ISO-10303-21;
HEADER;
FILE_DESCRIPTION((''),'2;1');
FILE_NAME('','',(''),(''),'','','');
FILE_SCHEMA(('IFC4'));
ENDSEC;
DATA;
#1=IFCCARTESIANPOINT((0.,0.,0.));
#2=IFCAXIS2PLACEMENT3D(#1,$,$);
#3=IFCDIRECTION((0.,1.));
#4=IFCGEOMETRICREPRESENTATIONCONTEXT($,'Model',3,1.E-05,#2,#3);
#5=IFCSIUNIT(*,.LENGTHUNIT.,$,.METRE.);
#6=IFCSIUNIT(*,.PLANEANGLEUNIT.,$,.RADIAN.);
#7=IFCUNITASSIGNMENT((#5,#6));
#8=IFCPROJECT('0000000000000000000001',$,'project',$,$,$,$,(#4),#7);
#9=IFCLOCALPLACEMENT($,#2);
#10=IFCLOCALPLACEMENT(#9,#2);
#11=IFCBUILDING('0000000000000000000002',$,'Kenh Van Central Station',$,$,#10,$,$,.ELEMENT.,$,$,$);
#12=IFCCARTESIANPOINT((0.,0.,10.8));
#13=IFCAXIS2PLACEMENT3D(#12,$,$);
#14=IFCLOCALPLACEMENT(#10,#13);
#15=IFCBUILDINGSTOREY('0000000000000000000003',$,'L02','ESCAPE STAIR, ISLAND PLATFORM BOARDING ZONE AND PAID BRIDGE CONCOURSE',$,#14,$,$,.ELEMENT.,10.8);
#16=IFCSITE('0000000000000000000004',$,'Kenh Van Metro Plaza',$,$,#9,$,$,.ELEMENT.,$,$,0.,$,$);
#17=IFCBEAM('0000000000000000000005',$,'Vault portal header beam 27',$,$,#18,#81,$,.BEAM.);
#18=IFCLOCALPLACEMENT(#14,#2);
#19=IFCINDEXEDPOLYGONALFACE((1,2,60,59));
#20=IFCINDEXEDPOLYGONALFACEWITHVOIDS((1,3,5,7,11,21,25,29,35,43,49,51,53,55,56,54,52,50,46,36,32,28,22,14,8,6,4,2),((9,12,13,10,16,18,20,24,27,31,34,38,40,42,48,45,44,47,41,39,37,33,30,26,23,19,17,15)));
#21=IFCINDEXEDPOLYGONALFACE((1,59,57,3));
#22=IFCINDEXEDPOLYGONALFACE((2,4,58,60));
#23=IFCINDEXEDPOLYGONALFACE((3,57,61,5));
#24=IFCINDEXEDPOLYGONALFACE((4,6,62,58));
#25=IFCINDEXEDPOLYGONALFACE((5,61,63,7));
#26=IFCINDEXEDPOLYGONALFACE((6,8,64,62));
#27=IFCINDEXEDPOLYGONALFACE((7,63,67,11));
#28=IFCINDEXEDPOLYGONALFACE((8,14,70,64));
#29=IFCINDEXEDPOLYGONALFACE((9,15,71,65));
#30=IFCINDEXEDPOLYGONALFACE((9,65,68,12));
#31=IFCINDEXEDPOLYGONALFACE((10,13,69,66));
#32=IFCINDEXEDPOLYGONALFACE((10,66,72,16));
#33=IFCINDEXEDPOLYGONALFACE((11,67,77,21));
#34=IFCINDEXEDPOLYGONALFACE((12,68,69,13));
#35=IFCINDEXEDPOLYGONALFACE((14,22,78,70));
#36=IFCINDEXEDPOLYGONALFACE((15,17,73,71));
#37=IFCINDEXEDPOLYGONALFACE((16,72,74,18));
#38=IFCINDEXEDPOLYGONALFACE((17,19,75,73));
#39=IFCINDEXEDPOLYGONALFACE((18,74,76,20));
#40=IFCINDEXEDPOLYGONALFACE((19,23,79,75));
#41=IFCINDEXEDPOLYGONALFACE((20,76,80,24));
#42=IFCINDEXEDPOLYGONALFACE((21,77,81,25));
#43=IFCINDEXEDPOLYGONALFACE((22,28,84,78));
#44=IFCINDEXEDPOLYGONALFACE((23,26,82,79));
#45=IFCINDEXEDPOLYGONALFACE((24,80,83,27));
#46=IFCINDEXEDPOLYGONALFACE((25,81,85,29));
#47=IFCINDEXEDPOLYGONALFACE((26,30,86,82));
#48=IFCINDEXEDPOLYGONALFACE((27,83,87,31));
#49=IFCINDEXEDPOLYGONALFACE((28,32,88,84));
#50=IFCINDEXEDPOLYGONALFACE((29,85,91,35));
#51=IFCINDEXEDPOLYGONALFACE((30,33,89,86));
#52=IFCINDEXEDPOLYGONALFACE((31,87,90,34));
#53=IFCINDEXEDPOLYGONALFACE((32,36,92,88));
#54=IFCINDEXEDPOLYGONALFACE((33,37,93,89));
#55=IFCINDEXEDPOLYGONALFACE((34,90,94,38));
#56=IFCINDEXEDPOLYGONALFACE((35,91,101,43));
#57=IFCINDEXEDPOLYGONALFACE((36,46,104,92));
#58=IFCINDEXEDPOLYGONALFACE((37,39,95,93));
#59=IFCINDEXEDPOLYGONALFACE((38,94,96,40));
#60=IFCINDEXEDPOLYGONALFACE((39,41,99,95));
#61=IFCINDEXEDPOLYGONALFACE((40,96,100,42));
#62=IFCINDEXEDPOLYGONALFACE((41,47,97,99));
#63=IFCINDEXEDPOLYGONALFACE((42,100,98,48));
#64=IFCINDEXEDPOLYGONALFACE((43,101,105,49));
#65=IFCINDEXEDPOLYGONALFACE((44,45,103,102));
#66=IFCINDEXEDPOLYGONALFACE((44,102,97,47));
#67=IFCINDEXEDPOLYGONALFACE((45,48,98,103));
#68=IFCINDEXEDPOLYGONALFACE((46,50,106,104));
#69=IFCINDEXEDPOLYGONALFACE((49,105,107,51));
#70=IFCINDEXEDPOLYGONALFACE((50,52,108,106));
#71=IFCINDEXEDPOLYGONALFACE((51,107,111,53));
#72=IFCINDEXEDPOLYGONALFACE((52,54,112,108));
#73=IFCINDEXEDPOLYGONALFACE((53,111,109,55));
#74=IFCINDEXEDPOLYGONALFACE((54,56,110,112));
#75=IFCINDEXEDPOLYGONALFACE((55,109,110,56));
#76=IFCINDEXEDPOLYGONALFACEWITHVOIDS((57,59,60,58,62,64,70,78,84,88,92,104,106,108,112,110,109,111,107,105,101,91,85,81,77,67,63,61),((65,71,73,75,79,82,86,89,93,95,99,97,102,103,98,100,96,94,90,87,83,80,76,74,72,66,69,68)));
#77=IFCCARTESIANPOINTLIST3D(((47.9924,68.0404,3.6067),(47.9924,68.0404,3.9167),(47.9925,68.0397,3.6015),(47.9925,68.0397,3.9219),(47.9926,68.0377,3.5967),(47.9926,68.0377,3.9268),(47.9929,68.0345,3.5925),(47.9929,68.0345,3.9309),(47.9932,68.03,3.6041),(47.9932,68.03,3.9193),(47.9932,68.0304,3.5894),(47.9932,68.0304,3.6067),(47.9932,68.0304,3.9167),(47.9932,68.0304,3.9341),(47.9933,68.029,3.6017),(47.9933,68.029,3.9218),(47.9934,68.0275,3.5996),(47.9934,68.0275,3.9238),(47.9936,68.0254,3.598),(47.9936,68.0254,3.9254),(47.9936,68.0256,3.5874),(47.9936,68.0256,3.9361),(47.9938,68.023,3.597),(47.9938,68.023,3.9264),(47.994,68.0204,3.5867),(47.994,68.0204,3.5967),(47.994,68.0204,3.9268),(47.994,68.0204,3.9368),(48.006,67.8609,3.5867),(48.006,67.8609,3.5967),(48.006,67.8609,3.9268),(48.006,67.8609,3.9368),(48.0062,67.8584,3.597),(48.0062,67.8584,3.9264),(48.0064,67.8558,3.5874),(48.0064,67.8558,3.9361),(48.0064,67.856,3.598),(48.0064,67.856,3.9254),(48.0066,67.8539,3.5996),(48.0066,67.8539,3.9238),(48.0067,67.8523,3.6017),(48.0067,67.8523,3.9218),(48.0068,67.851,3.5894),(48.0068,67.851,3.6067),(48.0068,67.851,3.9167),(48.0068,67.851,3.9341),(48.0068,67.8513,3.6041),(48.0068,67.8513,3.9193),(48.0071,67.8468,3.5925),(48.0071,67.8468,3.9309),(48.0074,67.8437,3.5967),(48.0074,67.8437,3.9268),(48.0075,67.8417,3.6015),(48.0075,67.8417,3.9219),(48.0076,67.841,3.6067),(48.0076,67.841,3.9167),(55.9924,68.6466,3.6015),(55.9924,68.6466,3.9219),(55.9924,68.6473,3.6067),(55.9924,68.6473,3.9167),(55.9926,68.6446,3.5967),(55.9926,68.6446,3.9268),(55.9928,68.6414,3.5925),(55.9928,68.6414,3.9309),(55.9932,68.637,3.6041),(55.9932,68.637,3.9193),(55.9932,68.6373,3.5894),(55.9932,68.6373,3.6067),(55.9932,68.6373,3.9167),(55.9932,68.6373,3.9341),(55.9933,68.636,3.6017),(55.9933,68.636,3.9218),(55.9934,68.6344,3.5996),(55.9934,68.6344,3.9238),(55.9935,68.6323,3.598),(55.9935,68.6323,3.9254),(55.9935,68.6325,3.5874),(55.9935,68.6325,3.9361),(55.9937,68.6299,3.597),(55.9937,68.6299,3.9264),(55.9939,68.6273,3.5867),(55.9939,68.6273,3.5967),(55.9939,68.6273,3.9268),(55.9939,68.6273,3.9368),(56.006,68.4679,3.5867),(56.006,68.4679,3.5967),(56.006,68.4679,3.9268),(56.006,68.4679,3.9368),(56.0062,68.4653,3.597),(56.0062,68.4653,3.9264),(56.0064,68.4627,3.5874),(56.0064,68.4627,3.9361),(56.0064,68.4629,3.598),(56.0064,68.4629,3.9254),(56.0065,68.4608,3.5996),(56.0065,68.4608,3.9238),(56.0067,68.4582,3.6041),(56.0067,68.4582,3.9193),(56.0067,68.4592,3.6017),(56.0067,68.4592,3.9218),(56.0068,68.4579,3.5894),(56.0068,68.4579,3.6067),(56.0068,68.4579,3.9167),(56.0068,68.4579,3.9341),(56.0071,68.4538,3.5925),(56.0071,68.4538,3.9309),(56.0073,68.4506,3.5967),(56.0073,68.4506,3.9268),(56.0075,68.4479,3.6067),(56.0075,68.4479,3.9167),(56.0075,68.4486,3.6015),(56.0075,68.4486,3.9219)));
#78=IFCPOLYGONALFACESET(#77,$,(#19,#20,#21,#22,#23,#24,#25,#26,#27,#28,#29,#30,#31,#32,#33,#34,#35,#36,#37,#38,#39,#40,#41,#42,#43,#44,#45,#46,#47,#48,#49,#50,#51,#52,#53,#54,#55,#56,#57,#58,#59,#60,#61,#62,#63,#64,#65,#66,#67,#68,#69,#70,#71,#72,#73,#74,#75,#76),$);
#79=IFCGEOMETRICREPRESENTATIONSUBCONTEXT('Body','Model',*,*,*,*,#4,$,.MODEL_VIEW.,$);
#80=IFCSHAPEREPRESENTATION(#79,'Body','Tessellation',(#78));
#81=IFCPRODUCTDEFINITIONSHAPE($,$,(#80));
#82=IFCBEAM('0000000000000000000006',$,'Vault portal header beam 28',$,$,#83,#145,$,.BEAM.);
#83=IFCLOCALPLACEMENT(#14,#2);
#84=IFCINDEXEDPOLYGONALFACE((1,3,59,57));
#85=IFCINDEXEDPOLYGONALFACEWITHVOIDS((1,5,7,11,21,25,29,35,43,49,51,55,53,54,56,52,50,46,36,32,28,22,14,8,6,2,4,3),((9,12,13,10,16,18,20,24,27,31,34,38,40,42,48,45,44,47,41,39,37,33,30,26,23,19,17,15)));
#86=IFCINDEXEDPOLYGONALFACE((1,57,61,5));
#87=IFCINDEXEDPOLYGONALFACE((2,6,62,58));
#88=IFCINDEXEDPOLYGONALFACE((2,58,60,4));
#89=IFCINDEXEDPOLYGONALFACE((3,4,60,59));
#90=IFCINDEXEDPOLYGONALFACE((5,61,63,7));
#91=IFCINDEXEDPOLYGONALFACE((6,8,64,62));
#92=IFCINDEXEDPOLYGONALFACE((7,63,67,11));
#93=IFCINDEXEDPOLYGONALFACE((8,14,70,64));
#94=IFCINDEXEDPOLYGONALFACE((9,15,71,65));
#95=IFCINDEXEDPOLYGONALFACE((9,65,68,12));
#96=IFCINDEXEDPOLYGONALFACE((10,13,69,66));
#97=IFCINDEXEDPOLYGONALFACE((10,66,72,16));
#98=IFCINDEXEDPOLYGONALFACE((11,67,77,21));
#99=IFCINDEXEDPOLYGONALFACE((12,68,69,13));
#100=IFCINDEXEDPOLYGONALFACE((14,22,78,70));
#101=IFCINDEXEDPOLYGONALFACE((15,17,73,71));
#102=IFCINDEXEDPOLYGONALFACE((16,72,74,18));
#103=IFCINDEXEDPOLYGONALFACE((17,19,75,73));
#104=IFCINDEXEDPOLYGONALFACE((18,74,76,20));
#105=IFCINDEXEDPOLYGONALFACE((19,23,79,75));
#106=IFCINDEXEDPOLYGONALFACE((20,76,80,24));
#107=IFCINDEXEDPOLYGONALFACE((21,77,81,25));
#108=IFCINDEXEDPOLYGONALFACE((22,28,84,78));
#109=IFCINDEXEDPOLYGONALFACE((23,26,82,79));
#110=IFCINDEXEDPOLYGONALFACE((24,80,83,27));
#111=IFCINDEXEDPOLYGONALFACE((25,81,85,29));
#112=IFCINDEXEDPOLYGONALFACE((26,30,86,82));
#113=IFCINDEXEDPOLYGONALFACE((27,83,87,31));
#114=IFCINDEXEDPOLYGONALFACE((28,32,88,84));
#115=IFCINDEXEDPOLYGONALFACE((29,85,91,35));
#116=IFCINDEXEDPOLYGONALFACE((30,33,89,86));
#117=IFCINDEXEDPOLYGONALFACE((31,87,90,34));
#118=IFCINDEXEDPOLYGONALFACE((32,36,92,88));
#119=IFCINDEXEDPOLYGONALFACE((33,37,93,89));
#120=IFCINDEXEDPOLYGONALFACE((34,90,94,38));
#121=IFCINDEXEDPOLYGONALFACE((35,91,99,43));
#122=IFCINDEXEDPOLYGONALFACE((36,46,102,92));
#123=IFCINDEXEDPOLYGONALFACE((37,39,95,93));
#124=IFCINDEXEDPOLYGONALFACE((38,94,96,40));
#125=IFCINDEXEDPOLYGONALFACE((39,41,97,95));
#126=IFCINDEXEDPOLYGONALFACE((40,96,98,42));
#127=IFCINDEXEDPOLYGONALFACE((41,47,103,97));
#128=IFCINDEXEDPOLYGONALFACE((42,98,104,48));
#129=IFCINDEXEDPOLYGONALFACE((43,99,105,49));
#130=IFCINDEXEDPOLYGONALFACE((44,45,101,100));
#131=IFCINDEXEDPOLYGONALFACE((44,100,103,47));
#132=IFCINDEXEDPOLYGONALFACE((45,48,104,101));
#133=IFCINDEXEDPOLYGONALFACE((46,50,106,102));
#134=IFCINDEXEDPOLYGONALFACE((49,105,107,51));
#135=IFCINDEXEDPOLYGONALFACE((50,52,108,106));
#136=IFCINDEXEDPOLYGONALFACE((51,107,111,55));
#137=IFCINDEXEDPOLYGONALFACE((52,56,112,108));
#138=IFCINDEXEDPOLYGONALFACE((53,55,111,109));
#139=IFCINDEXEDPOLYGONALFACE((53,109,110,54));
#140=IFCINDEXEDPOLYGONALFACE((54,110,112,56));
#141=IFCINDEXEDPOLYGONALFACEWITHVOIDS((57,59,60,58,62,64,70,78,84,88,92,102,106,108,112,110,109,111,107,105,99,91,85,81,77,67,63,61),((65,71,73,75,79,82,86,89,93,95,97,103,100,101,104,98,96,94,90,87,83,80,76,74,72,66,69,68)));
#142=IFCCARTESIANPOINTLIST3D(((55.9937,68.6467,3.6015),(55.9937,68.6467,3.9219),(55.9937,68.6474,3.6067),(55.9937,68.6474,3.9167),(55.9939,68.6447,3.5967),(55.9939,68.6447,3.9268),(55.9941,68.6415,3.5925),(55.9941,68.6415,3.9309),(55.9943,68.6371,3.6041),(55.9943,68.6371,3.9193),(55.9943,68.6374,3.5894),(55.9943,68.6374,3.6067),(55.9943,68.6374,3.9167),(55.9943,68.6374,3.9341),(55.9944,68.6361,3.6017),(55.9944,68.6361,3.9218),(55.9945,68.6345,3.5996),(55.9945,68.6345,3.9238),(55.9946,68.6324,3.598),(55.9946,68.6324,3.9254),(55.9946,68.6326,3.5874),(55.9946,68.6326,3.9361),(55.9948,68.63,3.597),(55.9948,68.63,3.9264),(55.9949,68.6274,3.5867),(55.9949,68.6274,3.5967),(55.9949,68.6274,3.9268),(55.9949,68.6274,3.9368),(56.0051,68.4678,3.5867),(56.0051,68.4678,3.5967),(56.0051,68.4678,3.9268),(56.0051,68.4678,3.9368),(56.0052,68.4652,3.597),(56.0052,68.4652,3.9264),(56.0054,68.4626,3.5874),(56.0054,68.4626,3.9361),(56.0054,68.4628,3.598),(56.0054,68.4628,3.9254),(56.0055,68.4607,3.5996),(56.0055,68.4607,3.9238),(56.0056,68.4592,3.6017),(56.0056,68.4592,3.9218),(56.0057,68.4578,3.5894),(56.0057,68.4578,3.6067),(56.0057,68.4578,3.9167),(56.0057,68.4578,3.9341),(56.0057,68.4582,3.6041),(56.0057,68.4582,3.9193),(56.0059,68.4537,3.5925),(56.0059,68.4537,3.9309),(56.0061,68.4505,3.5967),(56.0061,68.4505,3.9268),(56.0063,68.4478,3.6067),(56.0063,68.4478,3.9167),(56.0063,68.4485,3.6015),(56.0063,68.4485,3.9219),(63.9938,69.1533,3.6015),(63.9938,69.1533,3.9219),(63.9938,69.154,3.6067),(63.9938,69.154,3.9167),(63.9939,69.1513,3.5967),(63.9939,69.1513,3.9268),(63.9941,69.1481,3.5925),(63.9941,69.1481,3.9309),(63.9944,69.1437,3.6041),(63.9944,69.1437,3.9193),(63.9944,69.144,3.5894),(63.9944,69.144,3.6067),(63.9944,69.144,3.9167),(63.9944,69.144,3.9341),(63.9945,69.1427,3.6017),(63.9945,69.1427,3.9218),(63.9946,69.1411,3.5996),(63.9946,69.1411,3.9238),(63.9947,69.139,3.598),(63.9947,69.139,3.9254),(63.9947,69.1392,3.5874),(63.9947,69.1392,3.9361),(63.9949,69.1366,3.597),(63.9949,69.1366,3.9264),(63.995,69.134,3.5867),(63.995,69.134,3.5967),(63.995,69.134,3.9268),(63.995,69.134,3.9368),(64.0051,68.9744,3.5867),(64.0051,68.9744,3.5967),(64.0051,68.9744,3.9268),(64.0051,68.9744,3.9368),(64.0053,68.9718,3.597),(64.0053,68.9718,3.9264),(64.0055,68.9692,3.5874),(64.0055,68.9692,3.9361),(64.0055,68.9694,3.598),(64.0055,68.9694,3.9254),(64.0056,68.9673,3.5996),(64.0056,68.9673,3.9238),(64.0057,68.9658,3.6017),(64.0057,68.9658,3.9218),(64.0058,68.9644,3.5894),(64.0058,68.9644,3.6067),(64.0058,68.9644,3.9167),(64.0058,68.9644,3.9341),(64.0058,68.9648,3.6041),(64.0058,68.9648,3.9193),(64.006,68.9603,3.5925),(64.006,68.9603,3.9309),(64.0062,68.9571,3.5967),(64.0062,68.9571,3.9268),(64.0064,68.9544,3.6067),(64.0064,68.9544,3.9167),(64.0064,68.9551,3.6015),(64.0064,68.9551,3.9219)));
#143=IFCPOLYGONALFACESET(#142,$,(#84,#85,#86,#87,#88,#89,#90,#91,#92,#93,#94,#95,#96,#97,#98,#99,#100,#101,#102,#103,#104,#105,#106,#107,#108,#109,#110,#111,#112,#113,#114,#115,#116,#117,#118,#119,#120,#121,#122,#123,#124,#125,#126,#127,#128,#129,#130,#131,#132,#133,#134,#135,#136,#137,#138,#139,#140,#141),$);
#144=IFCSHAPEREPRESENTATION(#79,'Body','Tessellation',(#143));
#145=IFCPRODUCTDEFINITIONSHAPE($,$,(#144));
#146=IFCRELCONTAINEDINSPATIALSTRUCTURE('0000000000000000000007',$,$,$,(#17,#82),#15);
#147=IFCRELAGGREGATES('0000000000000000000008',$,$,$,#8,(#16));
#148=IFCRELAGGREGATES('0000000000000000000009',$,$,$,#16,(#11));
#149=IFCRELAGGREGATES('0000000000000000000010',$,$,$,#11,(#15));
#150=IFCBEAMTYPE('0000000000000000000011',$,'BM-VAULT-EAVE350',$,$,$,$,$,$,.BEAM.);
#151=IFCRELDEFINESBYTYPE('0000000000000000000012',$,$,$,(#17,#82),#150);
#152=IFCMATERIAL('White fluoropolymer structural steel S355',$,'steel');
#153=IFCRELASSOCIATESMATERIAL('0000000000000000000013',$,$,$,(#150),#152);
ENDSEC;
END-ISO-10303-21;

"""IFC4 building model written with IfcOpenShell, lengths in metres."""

from ifc_helpers import new_model, si_unit, direction, frame, origin, origin_2d, place, context, subcontext, project, spatial, hollow_rectangle, extrude, material, material_profile, profile_set, type_object, element, save


model = new_model("IFC4")

# Units and contexts
model_context = context("Model", 3, precision=1e-05, world=origin(), true_north=direction((0.0, 1.0)))
body_context = subcontext(model_context, "Body", "Model", "MODEL_VIEW")
ifc_project = project(units=[si_unit("LENGTHUNIT", "METRE"), si_unit("PLANEANGLEUNIT", "RADIAN")], contexts=[model_context])

# Site, building, storey
site_placement = place(None, origin())
site = spatial("IfcSite", under=ifc_project, at=site_placement, Name="Kenh Van Metro Plaza", CompositionType="ELEMENT", RefElevation=0.0)
building_placement = place(site_placement, origin())
building = spatial("IfcBuilding", under=site, at=building_placement, Name="Kenh Van Central Station", CompositionType="ELEMENT")
storey_placement = place(building_placement, frame((0.0, 0.0, 10.8)))
storey = spatial("IfcBuildingStorey", under=building, at=storey_placement, Name="L02", Description="ESCAPE STAIR, ISLAND PLATFORM BOARDING ZONE AND PAID BRIDGE CONCOURSE", CompositionType="ELEMENT", Elevation=10.8)

# Beams
ifc_material_1 = material(Name="White fluoropolymer structural steel S355", Category="steel")
ifc_material_profile_1 = material_profile(ifc_material_1, hollow_rectangle(XDim=0.2, YDim=0.3501, WallThickness=0.01, InnerFilletRadius=0.01, OuterFilletRadius=0.02, at=origin_2d()), Name="RHS 350x200x10")
ifc_profile_set_1 = profile_set([ifc_material_profile_1], Name="White fluoropolymer structural steel S355")
beam_type_1 = type_object("IfcBeamType", Name="BM-VAULT-EAVE350", PredefinedType="BEAM", material=ifc_profile_set_1)
beam_1_placement = place(storey_placement, frame((48.0, 67.9407, 3.7617), z_axis=(0.997134, 0.075649, 0.0), x_axis=(-0.075649, 0.997134, 0.0)))
element("IfcBeam", 1, at=beam_1_placement, inside=storey, type_object=beam_type_1, Name="Vault portal header beam 27", PredefinedType="BEAM", context=body_context, shape_type="SweptSolid", body=[
    extrude(hollow_rectangle(XDim=0.2, YDim=0.3501, WallThickness=0.01, InnerFilletRadius=0.01, OuterFilletRadius=0.02, at=origin_2d()), origin(), (0.0, 0.0, 1.0), 8.0229),
])
beam_2_placement = place(storey_placement, frame((56.0, 68.5476, 3.7617), z_axis=(0.998001, 0.063197, 0.0), x_axis=(-0.063197, 0.998001, 0.0)))
element("IfcBeam", 2, at=beam_2_placement, inside=storey, type_object=beam_type_1, Name="Vault portal header beam 28", PredefinedType="BEAM", context=body_context, shape_type="SweptSolid", body=[
    extrude(hollow_rectangle(XDim=0.2, YDim=0.3501, WallThickness=0.01, InnerFilletRadius=0.01, OuterFilletRadius=0.02, at=origin_2d()), origin(), (0.0, 0.0, 1.0), 8.0161),
])

save(model, "model.ifc")
